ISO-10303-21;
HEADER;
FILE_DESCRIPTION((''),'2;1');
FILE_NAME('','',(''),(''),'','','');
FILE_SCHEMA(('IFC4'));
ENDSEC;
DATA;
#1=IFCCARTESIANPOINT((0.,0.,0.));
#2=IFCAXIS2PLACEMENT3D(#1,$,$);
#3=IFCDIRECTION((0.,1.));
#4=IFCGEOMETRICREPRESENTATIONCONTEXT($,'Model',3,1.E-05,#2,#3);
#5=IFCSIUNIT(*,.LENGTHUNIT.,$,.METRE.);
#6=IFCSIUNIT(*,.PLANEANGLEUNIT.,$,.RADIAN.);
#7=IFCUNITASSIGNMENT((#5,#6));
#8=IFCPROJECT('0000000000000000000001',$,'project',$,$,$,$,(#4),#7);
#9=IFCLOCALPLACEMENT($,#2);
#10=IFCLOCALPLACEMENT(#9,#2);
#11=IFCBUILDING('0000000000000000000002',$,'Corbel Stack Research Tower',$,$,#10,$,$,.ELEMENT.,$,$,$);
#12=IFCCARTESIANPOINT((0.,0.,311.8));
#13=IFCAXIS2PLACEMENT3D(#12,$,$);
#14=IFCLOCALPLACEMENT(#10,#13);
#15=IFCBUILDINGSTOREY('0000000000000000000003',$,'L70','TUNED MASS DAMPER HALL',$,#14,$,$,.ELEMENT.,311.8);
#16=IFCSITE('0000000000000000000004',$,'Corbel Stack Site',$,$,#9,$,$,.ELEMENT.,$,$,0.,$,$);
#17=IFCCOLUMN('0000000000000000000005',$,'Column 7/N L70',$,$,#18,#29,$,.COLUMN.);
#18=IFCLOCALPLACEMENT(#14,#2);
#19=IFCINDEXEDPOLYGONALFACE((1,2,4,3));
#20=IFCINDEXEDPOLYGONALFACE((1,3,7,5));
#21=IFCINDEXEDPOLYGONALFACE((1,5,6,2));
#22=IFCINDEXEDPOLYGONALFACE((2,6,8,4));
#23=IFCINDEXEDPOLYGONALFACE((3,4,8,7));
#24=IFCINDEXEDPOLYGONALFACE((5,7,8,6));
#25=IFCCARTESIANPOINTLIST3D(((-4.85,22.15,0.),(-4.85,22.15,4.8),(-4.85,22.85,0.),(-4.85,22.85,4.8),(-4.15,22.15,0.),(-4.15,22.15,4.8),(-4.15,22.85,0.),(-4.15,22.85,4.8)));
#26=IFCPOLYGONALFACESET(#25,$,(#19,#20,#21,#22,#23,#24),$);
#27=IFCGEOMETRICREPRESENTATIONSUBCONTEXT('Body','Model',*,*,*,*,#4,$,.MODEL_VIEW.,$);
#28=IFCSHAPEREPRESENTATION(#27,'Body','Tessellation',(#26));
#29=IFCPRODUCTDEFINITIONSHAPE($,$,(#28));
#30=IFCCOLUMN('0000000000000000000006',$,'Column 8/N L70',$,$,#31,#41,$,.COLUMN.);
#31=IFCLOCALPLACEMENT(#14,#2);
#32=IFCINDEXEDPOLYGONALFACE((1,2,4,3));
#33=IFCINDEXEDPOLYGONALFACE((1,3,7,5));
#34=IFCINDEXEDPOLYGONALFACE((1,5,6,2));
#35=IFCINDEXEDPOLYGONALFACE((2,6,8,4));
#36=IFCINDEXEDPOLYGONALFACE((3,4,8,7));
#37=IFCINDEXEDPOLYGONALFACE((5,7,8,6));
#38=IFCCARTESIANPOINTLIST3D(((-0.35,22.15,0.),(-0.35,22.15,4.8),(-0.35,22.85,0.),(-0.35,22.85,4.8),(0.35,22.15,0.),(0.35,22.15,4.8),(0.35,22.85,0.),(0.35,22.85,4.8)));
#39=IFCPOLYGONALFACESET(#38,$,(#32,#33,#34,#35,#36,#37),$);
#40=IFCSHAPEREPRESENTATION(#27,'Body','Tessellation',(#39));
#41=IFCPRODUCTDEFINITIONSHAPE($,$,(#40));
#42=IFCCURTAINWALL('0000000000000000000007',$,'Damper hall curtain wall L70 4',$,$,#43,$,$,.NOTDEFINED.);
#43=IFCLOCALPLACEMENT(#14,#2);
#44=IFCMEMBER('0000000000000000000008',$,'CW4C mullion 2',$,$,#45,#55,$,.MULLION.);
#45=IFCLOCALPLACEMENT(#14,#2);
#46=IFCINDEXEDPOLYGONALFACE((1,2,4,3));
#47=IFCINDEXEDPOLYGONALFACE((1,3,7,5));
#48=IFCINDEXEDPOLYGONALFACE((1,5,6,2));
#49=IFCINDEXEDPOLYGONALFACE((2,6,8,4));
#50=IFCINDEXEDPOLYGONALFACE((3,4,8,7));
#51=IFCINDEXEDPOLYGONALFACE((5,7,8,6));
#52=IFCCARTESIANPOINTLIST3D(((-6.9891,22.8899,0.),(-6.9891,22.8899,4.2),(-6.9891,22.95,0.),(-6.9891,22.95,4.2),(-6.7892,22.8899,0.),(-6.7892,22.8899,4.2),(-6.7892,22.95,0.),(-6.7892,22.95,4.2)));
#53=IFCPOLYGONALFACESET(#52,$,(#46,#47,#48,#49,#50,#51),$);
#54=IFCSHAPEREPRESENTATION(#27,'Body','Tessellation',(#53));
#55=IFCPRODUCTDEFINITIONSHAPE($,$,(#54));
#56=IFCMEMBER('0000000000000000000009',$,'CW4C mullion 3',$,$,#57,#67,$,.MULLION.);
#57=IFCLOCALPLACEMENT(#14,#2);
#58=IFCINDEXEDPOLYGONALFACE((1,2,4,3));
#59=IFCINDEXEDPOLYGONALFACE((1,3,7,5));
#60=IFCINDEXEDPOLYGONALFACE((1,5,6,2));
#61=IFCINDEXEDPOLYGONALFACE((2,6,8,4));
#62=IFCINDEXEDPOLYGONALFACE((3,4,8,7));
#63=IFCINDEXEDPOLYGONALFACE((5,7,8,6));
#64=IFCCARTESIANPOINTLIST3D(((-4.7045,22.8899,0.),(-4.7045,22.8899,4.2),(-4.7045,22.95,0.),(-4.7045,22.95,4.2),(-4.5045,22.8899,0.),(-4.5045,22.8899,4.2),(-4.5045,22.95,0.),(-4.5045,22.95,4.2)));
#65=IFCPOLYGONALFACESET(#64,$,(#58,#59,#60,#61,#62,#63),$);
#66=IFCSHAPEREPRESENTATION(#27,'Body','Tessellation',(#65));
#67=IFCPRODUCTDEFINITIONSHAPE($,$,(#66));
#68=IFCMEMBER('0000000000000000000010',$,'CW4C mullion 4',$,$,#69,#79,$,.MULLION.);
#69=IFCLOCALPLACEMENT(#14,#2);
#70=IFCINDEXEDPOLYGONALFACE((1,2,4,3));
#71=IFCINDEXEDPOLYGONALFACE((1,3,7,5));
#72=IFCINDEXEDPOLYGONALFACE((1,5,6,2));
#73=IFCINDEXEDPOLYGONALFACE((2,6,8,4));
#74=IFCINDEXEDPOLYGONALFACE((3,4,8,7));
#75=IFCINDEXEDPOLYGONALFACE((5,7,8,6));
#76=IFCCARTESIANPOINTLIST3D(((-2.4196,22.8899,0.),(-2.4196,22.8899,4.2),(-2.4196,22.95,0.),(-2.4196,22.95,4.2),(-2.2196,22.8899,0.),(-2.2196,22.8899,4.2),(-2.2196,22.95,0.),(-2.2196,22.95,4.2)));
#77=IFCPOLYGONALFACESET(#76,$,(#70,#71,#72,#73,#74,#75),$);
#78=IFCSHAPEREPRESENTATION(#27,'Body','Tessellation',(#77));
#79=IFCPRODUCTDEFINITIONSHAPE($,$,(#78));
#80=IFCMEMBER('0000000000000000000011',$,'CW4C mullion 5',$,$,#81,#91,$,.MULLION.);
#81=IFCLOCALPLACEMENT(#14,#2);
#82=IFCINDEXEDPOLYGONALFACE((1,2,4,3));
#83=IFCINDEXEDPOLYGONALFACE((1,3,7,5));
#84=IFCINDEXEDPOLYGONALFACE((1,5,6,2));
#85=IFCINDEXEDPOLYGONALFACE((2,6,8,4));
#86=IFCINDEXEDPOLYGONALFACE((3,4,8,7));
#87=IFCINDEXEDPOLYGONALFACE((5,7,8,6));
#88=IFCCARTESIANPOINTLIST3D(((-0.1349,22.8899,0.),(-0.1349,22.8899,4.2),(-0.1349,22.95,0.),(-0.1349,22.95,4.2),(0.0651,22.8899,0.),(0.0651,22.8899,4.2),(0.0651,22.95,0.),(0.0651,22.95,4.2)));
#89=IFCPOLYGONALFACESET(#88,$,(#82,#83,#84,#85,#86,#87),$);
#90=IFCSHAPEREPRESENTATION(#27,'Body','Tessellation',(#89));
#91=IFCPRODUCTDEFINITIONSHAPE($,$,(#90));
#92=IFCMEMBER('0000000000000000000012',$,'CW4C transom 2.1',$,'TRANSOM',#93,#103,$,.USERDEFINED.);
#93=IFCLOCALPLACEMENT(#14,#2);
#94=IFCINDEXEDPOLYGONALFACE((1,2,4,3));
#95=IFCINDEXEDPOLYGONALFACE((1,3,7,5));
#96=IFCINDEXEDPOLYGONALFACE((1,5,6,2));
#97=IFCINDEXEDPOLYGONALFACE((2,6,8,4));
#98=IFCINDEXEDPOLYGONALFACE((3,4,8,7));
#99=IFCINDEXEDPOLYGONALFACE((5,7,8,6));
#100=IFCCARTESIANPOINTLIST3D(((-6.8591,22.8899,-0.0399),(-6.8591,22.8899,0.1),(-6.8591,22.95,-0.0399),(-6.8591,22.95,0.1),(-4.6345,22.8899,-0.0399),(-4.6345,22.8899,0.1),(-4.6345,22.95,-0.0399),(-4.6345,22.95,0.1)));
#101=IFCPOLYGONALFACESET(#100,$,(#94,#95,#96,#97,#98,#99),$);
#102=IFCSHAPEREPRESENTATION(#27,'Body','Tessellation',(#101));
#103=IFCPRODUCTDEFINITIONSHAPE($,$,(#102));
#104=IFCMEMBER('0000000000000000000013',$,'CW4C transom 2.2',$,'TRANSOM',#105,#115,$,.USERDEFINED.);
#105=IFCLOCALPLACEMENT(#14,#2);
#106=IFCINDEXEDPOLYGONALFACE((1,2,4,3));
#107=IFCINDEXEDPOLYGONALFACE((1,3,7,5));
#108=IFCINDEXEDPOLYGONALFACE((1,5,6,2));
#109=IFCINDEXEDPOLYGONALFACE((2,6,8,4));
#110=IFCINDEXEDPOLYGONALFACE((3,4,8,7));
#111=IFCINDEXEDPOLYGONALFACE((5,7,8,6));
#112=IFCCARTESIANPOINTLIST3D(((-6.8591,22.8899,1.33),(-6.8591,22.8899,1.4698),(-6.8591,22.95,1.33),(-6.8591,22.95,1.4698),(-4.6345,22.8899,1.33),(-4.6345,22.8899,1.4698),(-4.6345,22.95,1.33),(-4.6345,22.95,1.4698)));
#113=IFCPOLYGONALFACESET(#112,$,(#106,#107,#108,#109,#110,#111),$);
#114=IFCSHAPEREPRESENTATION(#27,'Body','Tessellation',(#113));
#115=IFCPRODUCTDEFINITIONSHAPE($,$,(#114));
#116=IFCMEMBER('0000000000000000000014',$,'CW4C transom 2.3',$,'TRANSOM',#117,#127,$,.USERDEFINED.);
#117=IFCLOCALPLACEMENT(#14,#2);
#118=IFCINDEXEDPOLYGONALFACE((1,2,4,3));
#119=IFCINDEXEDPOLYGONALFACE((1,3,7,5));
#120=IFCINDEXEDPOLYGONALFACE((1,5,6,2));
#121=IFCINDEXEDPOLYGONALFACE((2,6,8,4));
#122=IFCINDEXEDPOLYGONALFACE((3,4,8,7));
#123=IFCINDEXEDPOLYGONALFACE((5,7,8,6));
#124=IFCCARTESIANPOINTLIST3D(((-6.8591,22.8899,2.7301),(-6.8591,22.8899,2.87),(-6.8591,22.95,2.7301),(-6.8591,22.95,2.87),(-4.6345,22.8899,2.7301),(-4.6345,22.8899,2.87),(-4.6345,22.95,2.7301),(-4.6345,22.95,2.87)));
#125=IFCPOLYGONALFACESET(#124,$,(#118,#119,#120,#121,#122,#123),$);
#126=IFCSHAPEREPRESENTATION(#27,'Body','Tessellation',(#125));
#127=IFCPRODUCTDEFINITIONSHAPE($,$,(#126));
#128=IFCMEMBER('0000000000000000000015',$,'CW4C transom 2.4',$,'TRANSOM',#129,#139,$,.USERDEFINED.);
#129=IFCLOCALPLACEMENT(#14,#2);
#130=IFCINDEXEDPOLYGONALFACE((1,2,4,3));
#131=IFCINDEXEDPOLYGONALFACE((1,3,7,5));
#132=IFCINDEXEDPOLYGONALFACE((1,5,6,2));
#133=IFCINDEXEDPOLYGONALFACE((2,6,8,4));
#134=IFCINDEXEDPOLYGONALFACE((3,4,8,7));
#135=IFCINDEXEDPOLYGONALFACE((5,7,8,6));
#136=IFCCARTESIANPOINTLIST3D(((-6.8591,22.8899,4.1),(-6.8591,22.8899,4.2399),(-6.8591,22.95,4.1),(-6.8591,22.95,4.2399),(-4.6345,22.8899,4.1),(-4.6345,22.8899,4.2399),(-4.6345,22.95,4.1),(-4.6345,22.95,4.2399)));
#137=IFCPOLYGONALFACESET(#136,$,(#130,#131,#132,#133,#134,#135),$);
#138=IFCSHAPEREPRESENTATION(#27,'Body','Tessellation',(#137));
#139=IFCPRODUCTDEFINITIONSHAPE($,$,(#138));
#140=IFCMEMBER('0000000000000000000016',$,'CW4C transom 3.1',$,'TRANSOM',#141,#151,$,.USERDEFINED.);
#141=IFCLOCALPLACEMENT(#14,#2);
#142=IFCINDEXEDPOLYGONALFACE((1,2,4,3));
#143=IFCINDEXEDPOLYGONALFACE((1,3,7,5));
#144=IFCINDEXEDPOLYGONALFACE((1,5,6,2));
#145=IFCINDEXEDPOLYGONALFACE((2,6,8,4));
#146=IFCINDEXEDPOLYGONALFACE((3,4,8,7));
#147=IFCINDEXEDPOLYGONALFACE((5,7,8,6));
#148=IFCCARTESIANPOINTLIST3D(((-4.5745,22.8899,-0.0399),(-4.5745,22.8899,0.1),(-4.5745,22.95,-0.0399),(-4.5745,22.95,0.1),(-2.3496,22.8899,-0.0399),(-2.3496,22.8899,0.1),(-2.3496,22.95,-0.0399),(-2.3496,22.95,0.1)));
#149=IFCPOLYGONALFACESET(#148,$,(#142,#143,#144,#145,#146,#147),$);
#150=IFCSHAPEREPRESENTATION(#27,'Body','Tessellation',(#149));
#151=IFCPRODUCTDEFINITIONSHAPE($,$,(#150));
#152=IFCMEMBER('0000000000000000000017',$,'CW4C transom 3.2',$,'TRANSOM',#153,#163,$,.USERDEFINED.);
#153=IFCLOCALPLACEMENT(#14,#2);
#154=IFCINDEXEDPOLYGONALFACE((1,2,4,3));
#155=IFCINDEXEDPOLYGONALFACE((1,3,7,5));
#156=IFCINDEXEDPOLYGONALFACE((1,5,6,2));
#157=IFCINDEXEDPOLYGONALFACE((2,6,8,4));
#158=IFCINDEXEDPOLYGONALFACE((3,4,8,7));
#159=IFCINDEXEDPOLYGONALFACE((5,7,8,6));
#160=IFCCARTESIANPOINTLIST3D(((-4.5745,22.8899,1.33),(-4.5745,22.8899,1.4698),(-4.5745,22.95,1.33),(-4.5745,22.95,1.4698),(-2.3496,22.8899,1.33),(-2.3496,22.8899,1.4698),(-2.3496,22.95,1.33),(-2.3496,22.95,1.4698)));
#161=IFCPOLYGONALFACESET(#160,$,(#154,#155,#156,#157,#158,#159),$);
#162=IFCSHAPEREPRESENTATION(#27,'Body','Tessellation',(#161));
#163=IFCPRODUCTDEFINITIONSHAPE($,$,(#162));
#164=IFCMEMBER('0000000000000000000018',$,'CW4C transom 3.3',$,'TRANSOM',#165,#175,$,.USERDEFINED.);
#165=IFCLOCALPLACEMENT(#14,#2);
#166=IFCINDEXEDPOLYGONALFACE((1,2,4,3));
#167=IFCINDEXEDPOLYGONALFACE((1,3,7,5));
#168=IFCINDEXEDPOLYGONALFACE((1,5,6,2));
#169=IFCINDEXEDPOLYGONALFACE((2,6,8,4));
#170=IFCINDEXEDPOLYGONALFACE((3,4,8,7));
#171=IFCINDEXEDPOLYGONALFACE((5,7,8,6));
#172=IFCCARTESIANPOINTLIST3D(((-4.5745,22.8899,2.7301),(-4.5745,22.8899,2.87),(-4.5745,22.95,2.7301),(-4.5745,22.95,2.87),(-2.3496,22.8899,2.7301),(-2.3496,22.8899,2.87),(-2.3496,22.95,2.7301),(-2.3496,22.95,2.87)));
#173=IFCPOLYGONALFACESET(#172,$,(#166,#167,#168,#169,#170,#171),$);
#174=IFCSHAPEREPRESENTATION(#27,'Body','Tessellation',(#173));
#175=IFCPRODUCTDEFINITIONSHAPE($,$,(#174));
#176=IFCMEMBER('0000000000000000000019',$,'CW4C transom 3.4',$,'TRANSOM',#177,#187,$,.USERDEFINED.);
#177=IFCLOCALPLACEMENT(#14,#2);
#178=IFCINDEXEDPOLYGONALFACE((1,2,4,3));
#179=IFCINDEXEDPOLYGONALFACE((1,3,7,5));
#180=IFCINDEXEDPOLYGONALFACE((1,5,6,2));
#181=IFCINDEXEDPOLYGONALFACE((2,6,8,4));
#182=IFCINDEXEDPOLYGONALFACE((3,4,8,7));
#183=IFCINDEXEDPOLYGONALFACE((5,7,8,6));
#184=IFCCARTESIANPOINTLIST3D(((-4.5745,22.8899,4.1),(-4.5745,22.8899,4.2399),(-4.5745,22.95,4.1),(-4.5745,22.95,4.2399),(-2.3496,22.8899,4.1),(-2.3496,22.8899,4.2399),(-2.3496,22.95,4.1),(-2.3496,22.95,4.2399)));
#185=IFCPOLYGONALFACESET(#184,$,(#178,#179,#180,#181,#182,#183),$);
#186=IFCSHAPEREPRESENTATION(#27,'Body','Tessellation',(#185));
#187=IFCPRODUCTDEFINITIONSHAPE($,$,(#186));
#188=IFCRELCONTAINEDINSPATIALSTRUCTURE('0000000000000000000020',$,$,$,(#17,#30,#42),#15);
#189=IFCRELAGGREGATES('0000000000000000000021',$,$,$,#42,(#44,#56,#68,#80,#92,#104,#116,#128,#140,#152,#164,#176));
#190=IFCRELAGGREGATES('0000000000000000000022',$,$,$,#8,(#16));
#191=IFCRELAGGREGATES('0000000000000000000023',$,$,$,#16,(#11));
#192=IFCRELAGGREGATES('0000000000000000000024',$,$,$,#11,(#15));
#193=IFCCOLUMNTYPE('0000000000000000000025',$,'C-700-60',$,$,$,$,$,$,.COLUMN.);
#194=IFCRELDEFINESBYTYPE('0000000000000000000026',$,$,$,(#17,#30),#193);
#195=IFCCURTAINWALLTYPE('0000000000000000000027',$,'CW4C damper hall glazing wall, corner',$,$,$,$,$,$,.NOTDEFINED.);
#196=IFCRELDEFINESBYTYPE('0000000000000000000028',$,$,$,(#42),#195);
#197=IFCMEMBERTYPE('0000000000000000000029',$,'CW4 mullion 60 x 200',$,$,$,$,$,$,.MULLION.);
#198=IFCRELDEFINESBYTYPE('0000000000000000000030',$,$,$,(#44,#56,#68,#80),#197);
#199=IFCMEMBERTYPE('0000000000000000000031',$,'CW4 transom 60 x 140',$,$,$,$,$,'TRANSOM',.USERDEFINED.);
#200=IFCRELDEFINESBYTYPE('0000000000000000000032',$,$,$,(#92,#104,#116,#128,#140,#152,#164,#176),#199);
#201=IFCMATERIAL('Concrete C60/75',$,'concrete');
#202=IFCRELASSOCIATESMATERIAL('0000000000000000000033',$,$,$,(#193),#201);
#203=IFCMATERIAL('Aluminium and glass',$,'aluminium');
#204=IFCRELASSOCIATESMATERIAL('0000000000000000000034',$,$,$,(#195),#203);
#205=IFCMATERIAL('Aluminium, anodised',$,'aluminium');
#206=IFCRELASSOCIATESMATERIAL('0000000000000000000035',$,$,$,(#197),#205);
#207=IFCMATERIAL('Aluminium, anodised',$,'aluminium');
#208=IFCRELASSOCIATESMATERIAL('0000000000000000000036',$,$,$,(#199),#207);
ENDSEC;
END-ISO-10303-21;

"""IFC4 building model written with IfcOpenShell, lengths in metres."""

from ifc_helpers import new_model, si_unit, direction, frame, origin, origin_2d, place, context, subcontext, project, spatial, rectangle, extrude, material, material_profile, profile_set, type_object, element, aggregate, save


model = new_model("IFC4")

# Units and contexts
model_context = context("Model", 3, precision=1e-05, world=origin(), true_north=direction((0.0, 1.0)))
body_context = subcontext(model_context, "Body", "Model", "MODEL_VIEW")
ifc_project = project(units=[si_unit("LENGTHUNIT", "METRE"), si_unit("PLANEANGLEUNIT", "RADIAN")], contexts=[model_context])

# Site, building, storey
site_placement = place(None, origin())
site = spatial("IfcSite", under=ifc_project, at=site_placement, Name="Corbel Stack Site", CompositionType="ELEMENT", RefElevation=0.0)
building_placement = place(site_placement, origin())
building = spatial("IfcBuilding", under=site, at=building_placement, Name="Corbel Stack Research Tower", CompositionType="ELEMENT")
storey_placement = place(building_placement, frame((0.0, 0.0, 311.8)))
storey = spatial("IfcBuildingStorey", under=building, at=storey_placement, Name="L70", Description="TUNED MASS DAMPER HALL", CompositionType="ELEMENT", Elevation=311.8)

# Columns
ifc_material_1 = material(Name="Concrete C60/75", Category="concrete")
ifc_material_profile_1 = material_profile(ifc_material_1, rectangle(XDim=0.7, YDim=0.7, at=origin_2d()), Name="RC 700 x 700")
ifc_profile_set_1 = profile_set([ifc_material_profile_1], Name="Concrete C60/75")
column_type = type_object("IfcColumnType", Name="C-700-60", PredefinedType="COLUMN", material=ifc_profile_set_1)
for number, where, z_axis, x_axis, name in (
    (1, (-4.5, 22.5, 0.0), (0.0, 0.0, 1.0), (1.0, 0.0, 0.0), "Column 7/N L70"),
    (2, (0.0, 22.5, 0.0), (0.0, 0.0, 1.0), (1.0, 0.0, 0.0), "Column 8/N L70"),
):
    element("IfcColumn", number, at=place(storey_placement, frame(where, z_axis=z_axis, x_axis=x_axis)), inside=storey, type_object=column_type, Name=name, PredefinedType="COLUMN", context=body_context, shape_type="SweptSolid", body=[
        extrude(rectangle(XDim=0.7, YDim=0.7, at=origin_2d()), origin(), (0.0, 0.0, 1.0), 4.8),
    ])

# Curtain wall, members
ifc_material_2 = material(Name="Aluminium and glass", Category="aluminium")
curtain_wall_type = type_object("IfcCurtainWallType", Name="CW4C damper hall glazing wall, corner", PredefinedType="NOTDEFINED", material=ifc_material_2)
curtain_wall_placement = place(storey_placement, origin())
curtain_wall = element("IfcCurtainWall", 3, at=curtain_wall_placement, inside=storey, type_object=curtain_wall_type, Name="Damper hall curtain wall L70 4", PredefinedType="NOTDEFINED")
ifc_material_3 = material(Name="Aluminium, anodised", Category="aluminium")
ifc_material_profile_2 = material_profile(ifc_material_3, rectangle(XDim=0.0601, YDim=0.2, at=origin_2d()), Name="CW4 mullion 60 x 200")
ifc_profile_set_2 = profile_set([ifc_material_profile_2], Name="Aluminium, anodised")
member_type_1 = type_object("IfcMemberType", Name="CW4 mullion 60 x 200", PredefinedType="MULLION", material=ifc_profile_set_2)
member_1_placement = place(storey_placement, frame((-6.8892, 22.9199, 0.0), z_axis=(0.0, 0.0, 1.0), x_axis=(0.0, 1.0, 0.0)))
member_1 = element("IfcMember", 4, at=member_1_placement, type_object=member_type_1, Name="CW4C mullion 2", PredefinedType="MULLION", context=body_context, shape_type="SweptSolid", body=[
    extrude(rectangle(XDim=0.0601, YDim=0.2, at=origin_2d()), origin(), (0.0, 0.0, 1.0), 4.2),
])
member_2_placement = place(storey_placement, frame((-4.6045, 22.9199, 0.0), z_axis=(0.0, 0.0, 1.0), x_axis=(0.0, 1.0, 0.0)))
member_2 = element("IfcMember", 5, at=member_2_placement, type_object=member_type_1, Name="CW4C mullion 3", PredefinedType="MULLION", context=body_context, shape_type="SweptSolid", body=[
    extrude(rectangle(XDim=0.0601, YDim=0.2, at=origin_2d()), origin(), (0.0, 0.0, 1.0), 4.2),
])
member_3_placement = place(storey_placement, frame((-2.3196, 22.9199, 0.0), z_axis=(0.0, 0.0, 1.0), x_axis=(0.0, 1.0, 0.0)))
member_3 = element("IfcMember", 6, at=member_3_placement, type_object=member_type_1, Name="CW4C mullion 4", PredefinedType="MULLION", context=body_context, shape_type="SweptSolid", body=[
    extrude(rectangle(XDim=0.0601, YDim=0.2, at=origin_2d()), origin(), (0.0, 0.0, 1.0), 4.2),
])
member_4_placement = place(storey_placement, frame((-0.0349, 22.9199, 0.0), z_axis=(0.0, 0.0, 1.0), x_axis=(0.0, 1.0, 0.0)))
member_4 = element("IfcMember", 7, at=member_4_placement, type_object=member_type_1, Name="CW4C mullion 5", PredefinedType="MULLION", context=body_context, shape_type="SweptSolid", body=[
    extrude(rectangle(XDim=0.0601, YDim=0.2, at=origin_2d()), origin(), (0.0, 0.0, 1.0), 4.2),
])
ifc_material_4 = material(Name="Aluminium, anodised", Category="aluminium")
ifc_material_profile_3 = material_profile(ifc_material_4, rectangle(XDim=0.0601, YDim=0.1399, at=origin_2d()), Name="CW4 transom 60 x 140")
ifc_profile_set_3 = profile_set([ifc_material_profile_3], Name="Aluminium, anodised")
member_type_2 = type_object("IfcMemberType", Name="CW4 transom 60 x 140", ElementType="TRANSOM", PredefinedType="USERDEFINED", material=ifc_profile_set_3)
member_5_placement = place(storey_placement, frame((-6.8591, 22.9199, 0.03), z_axis=(1.0, 0.0, 0.0), x_axis=(0.0, 1.0, 0.0)))
member_5 = element("IfcMember", 8, at=member_5_placement, type_object=member_type_2, Name="CW4C transom 2.1", ObjectType="TRANSOM", PredefinedType="USERDEFINED", context=body_context, shape_type="SweptSolid", body=[
    extrude(rectangle(XDim=0.0601, YDim=0.1399, at=origin_2d()), origin(), (0.0, 0.0, 1.0), 2.2246),
])
member_6_placement = place(storey_placement, frame((-6.8591, 22.9199, 1.3999), z_axis=(1.0, 0.0, 0.0), x_axis=(0.0, 1.0, 0.0)))
member_6 = element("IfcMember", 9, at=member_6_placement, type_object=member_type_2, Name="CW4C transom 2.2", ObjectType="TRANSOM", PredefinedType="USERDEFINED", context=body_context, shape_type="SweptSolid", body=[
    extrude(rectangle(XDim=0.0601, YDim=0.1399, at=origin_2d()), origin(), (0.0, 0.0, 1.0), 2.2246),
])
member_7_placement = place(storey_placement, frame((-6.8591, 22.9199, 2.8), z_axis=(1.0, 0.0, 0.0), x_axis=(0.0, 1.0, 0.0)))
member_7 = element("IfcMember", 10, at=member_7_placement, type_object=member_type_2, Name="CW4C transom 2.3", ObjectType="TRANSOM", PredefinedType="USERDEFINED", context=body_context, shape_type="SweptSolid", body=[
    extrude(rectangle(XDim=0.0601, YDim=0.1399, at=origin_2d()), origin(), (0.0, 0.0, 1.0), 2.2246),
])
member_8_placement = place(storey_placement, frame((-6.8591, 22.9199, 4.1699), z_axis=(1.0, 0.0, 0.0), x_axis=(0.0, 1.0, 0.0)))
member_8 = element("IfcMember", 11, at=member_8_placement, type_object=member_type_2, Name="CW4C transom 2.4", ObjectType="TRANSOM", PredefinedType="USERDEFINED", context=body_context, shape_type="SweptSolid", body=[
    extrude(rectangle(XDim=0.0601, YDim=0.1399, at=origin_2d()), origin(), (0.0, 0.0, 1.0), 2.2246),
])
member_9_placement = place(storey_placement, frame((-4.5745, 22.9199, 0.03), z_axis=(1.0, 0.0, 0.0), x_axis=(0.0, 1.0, 0.0)))
member_9 = element("IfcMember", 12, at=member_9_placement, type_object=member_type_2, Name="CW4C transom 3.1", ObjectType="TRANSOM", PredefinedType="USERDEFINED", context=body_context, shape_type="SweptSolid", body=[
    extrude(rectangle(XDim=0.0601, YDim=0.1399, at=origin_2d()), origin(), (0.0, 0.0, 1.0), 2.2249),
])
member_10_placement = place(storey_placement, frame((-4.5745, 22.9199, 1.3999), z_axis=(1.0, 0.0, 0.0), x_axis=(0.0, 1.0, 0.0)))
member_10 = element("IfcMember", 13, at=member_10_placement, type_object=member_type_2, Name="CW4C transom 3.2", ObjectType="TRANSOM", PredefinedType="USERDEFINED", context=body_context, shape_type="SweptSolid", body=[
    extrude(rectangle(XDim=0.0601, YDim=0.1399, at=origin_2d()), origin(), (0.0, 0.0, 1.0), 2.2249),
])
member_11_placement = place(storey_placement, frame((-4.5745, 22.9199, 2.8), z_axis=(1.0, 0.0, 0.0), x_axis=(0.0, 1.0, 0.0)))
member_11 = element("IfcMember", 14, at=member_11_placement, type_object=member_type_2, Name="CW4C transom 3.3", ObjectType="TRANSOM", PredefinedType="USERDEFINED", context=body_context, shape_type="SweptSolid", body=[
    extrude(rectangle(XDim=0.0601, YDim=0.1399, at=origin_2d()), origin(), (0.0, 0.0, 1.0), 2.2249),
])
member_12_placement = place(storey_placement, frame((-4.5745, 22.9199, 4.1699), z_axis=(1.0, 0.0, 0.0), x_axis=(0.0, 1.0, 0.0)))
member_12 = element("IfcMember", 15, at=member_12_placement, type_object=member_type_2, Name="CW4C transom 3.4", ObjectType="TRANSOM", PredefinedType="USERDEFINED", context=body_context, shape_type="SweptSolid", body=[
    extrude(rectangle(XDim=0.0601, YDim=0.1399, at=origin_2d()), origin(), (0.0, 0.0, 1.0), 2.2249),
])

aggregate(curtain_wall, [member_1, member_2, member_3, member_4, member_5, member_6, member_7, member_8, member_9, member_10, member_11, member_12])

save(model, "model.ifc")
